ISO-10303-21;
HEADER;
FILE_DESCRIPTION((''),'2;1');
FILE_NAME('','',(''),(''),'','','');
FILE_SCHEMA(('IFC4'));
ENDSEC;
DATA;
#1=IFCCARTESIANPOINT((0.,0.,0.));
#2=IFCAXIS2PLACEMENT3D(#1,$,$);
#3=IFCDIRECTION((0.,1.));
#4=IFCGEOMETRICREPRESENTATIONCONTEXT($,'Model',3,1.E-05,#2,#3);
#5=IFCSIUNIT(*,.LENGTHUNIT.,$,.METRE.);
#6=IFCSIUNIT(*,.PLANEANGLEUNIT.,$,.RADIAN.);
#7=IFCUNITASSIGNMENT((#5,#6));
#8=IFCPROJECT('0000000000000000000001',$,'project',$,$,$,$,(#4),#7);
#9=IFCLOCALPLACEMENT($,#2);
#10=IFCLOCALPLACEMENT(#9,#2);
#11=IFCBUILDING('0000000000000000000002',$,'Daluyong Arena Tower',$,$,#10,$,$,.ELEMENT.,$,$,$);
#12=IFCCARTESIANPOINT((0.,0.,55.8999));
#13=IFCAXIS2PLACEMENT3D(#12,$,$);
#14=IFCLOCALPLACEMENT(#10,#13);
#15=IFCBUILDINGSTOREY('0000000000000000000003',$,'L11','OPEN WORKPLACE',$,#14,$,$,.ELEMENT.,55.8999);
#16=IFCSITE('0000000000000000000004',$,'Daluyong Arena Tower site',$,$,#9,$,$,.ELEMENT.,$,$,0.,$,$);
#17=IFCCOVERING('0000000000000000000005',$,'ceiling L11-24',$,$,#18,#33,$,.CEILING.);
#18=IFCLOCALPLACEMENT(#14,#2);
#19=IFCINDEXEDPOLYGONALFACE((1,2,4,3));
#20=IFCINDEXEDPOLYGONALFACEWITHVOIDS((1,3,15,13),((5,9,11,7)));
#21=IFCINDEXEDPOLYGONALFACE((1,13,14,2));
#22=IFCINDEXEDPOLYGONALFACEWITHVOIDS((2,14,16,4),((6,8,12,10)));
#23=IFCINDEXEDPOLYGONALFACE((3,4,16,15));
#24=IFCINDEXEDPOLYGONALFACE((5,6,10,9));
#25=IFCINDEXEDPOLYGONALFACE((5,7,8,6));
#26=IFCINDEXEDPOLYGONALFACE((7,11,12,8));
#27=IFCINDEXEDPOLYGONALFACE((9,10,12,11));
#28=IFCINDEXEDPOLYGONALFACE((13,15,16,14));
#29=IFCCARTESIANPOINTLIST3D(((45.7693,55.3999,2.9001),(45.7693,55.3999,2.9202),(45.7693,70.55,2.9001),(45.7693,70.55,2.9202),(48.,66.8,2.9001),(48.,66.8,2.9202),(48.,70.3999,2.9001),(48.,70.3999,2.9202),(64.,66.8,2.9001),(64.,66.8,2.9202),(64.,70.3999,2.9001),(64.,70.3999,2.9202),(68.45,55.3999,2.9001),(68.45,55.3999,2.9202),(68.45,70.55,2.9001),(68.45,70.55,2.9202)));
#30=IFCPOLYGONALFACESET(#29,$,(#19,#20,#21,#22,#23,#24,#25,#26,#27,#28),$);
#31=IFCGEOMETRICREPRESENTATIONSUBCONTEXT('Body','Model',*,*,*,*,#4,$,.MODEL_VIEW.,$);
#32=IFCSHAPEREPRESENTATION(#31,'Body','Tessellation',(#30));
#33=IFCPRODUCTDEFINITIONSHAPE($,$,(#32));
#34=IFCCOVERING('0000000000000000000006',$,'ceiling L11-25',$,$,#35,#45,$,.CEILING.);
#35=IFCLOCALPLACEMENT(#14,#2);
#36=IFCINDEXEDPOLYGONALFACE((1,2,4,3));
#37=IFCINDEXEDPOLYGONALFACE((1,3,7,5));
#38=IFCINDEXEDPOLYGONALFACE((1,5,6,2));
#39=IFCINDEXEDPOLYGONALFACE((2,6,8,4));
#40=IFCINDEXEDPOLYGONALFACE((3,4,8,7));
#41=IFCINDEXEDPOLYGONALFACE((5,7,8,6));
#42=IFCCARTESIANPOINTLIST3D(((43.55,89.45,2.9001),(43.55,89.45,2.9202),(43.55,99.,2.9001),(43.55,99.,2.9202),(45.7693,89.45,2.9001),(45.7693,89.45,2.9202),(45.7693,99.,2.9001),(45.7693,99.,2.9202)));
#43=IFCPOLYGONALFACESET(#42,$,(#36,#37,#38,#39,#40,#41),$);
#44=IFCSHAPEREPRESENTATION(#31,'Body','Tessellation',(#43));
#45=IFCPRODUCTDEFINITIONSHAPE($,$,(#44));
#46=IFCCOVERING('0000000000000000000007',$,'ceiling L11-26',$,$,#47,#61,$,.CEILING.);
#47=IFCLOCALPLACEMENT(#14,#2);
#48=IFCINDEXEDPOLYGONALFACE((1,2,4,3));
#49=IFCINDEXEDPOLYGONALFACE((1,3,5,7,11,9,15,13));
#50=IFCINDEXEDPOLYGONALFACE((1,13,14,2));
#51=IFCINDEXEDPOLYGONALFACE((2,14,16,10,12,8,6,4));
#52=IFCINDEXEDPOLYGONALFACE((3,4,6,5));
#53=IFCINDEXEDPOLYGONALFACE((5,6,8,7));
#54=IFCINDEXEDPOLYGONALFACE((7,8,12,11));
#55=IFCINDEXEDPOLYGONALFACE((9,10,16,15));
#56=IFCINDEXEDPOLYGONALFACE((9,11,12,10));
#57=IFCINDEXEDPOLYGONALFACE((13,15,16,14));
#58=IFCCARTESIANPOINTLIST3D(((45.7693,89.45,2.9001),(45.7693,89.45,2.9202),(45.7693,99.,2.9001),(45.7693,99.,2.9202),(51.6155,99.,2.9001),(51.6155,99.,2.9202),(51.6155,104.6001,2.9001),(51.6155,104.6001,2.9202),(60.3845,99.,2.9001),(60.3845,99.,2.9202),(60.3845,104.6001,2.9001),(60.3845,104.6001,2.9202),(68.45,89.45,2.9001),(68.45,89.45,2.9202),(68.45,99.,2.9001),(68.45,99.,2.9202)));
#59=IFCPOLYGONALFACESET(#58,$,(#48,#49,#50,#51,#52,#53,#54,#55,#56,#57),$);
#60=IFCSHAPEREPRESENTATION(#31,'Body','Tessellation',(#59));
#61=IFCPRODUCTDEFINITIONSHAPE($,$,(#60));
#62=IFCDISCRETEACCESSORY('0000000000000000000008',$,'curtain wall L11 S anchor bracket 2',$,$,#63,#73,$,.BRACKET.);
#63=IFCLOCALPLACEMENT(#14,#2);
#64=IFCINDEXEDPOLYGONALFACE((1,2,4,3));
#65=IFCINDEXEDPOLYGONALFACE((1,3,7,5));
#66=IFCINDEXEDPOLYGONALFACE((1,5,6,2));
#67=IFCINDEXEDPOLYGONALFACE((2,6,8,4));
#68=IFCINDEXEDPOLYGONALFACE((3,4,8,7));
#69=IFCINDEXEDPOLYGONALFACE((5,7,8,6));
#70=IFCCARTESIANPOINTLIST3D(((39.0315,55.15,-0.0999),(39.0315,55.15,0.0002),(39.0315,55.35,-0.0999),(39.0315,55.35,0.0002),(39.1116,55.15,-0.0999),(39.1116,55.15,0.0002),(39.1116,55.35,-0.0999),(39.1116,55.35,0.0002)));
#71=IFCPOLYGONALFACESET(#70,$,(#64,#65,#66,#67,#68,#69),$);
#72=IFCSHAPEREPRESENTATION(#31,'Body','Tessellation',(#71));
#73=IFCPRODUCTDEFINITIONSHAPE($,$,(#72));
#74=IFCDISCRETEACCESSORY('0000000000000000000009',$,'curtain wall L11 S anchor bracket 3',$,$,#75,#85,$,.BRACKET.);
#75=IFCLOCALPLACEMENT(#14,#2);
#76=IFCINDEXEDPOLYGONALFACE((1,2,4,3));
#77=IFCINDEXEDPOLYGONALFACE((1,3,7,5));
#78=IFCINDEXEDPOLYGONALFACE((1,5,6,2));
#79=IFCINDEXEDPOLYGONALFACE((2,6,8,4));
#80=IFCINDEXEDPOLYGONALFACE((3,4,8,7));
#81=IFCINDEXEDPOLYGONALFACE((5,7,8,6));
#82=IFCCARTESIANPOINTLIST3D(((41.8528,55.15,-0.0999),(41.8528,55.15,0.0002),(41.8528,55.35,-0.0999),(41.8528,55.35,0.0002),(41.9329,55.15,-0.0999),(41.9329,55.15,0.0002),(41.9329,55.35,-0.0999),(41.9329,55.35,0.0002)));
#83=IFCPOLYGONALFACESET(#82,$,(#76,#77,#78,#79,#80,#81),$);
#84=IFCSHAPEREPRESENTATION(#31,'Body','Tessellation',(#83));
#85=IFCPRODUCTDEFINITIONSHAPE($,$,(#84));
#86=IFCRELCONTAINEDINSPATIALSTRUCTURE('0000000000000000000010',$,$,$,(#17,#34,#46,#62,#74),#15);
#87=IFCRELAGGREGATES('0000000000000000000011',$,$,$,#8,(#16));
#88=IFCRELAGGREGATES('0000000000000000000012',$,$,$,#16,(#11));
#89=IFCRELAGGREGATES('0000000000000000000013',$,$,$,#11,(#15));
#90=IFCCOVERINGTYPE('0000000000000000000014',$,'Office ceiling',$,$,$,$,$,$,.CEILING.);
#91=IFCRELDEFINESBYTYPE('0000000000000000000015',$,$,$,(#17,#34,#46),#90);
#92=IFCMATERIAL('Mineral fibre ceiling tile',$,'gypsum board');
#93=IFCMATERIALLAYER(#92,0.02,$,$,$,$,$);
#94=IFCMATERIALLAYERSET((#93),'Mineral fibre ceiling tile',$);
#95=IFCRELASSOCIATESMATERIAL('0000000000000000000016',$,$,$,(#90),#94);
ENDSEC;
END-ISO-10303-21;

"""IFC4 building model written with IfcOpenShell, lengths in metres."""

from ifc_helpers import new_model, si_unit, direction, frame, origin, origin_2d, place, context, subcontext, project, spatial, polyline, rectangle, outline, extrude, material, layer, layer_set, type_object, element, save


model = new_model("IFC4")

# Units and contexts
model_context = context("Model", 3, precision=1e-05, world=origin(), true_north=direction((0.0, 1.0)))
body_context = subcontext(model_context, "Body", "Model", "MODEL_VIEW")
ifc_project = project(units=[si_unit("LENGTHUNIT", "METRE"), si_unit("PLANEANGLEUNIT", "RADIAN")], contexts=[model_context])

# Site, building, storey
site_placement = place(None, origin())
site = spatial("IfcSite", under=ifc_project, at=site_placement, Name="Daluyong Arena Tower site", CompositionType="ELEMENT", RefElevation=0.0)
building_placement = place(site_placement, origin())
building = spatial("IfcBuilding", under=site, at=building_placement, Name="Daluyong Arena Tower", CompositionType="ELEMENT")
storey_placement = place(building_placement, frame((0.0, 0.0, 55.8999)))
storey = spatial("IfcBuildingStorey", under=building, at=storey_placement, Name="L11", Description="OPEN WORKPLACE", CompositionType="ELEMENT", Elevation=55.8999)

# Coverings
ifc_material_1 = material(Name="Mineral fibre ceiling tile", Category="gypsum board")
ifc_layer_1 = layer(ifc_material_1, 0.02)
ifc_layer_set_1 = layer_set([ifc_layer_1], Name="Mineral fibre ceiling tile")
covering_type = type_object("IfcCoveringType", Name="Office ceiling", PredefinedType="CEILING", material=ifc_layer_set_1)
covering_1_placement = place(storey_placement, frame((0.0, 0.0, 2.9001)))
element("IfcCovering", 1, at=covering_1_placement, inside=storey, type_object=covering_type, Name="ceiling L11-24", PredefinedType="CEILING", context=body_context, shape_type="SweptSolid", body=[
    extrude(outline(polyline([(45.7693, 55.3999), (68.45, 55.3999), (68.45, 70.55), (45.7693, 70.55), (45.7693, 55.3999)]), holes=[polyline([(48.0, 66.8), (48.0, 70.3999), (64.0, 70.3999), (64.0, 66.8), (48.0, 66.8)])]), origin(), (0.0, 0.0, 1.0), 0.02),
])
covering_2_placement = place(storey_placement, frame((0.0, 0.0, 2.9001)))
element("IfcCovering", 2, at=covering_2_placement, inside=storey, type_object=covering_type, Name="ceiling L11-25", PredefinedType="CEILING", context=body_context, shape_type="SweptSolid", body=[
    extrude(outline(polyline([(45.7693, 99.0), (43.55, 99.0), (43.55, 89.45), (45.7693, 89.45), (45.7693, 99.0)])), origin(), (0.0, 0.0, 1.0), 0.02),
])
covering_3_placement = place(storey_placement, frame((0.0, 0.0, 2.9001)))
element("IfcCovering", 3, at=covering_3_placement, inside=storey, type_object=covering_type, Name="ceiling L11-26", PredefinedType="CEILING", context=body_context, shape_type="SweptSolid", body=[
    extrude(outline(polyline([(51.6155, 99.0), (45.7693, 99.0), (45.7693, 89.45), (68.45, 89.45), (68.45, 99.0), (60.3845, 99.0), (60.3845, 104.6001), (51.6155, 104.6001), (51.6155, 99.0)])), origin(), (0.0, 0.0, 1.0), 0.02),
])

# Discrete accessories
for number, where, z_axis, x_axis, name in (
    (4, (39.0715, 55.25, -0.0999), (0.0, 0.0, 1.0), (1.0, 0.0, 0.0), "curtain wall L11 S anchor bracket 2"),
    (5, (41.8928, 55.25, -0.0999), (0.0, 0.0, 1.0), (1.0, 0.0, 0.0), "curtain wall L11 S anchor bracket 3"),
):
    element("IfcDiscreteAccessory", number, at=place(storey_placement, frame(where, z_axis=z_axis, x_axis=x_axis)), inside=storey, Name=name, PredefinedType="BRACKET", context=body_context, shape_type="SweptSolid", body=[
        extrude(rectangle(XDim=0.0801, YDim=0.2, at=origin_2d()), origin(), (0.0, 0.0, 1.0), 0.1001),
    ])

save(model, "model.ifc")
